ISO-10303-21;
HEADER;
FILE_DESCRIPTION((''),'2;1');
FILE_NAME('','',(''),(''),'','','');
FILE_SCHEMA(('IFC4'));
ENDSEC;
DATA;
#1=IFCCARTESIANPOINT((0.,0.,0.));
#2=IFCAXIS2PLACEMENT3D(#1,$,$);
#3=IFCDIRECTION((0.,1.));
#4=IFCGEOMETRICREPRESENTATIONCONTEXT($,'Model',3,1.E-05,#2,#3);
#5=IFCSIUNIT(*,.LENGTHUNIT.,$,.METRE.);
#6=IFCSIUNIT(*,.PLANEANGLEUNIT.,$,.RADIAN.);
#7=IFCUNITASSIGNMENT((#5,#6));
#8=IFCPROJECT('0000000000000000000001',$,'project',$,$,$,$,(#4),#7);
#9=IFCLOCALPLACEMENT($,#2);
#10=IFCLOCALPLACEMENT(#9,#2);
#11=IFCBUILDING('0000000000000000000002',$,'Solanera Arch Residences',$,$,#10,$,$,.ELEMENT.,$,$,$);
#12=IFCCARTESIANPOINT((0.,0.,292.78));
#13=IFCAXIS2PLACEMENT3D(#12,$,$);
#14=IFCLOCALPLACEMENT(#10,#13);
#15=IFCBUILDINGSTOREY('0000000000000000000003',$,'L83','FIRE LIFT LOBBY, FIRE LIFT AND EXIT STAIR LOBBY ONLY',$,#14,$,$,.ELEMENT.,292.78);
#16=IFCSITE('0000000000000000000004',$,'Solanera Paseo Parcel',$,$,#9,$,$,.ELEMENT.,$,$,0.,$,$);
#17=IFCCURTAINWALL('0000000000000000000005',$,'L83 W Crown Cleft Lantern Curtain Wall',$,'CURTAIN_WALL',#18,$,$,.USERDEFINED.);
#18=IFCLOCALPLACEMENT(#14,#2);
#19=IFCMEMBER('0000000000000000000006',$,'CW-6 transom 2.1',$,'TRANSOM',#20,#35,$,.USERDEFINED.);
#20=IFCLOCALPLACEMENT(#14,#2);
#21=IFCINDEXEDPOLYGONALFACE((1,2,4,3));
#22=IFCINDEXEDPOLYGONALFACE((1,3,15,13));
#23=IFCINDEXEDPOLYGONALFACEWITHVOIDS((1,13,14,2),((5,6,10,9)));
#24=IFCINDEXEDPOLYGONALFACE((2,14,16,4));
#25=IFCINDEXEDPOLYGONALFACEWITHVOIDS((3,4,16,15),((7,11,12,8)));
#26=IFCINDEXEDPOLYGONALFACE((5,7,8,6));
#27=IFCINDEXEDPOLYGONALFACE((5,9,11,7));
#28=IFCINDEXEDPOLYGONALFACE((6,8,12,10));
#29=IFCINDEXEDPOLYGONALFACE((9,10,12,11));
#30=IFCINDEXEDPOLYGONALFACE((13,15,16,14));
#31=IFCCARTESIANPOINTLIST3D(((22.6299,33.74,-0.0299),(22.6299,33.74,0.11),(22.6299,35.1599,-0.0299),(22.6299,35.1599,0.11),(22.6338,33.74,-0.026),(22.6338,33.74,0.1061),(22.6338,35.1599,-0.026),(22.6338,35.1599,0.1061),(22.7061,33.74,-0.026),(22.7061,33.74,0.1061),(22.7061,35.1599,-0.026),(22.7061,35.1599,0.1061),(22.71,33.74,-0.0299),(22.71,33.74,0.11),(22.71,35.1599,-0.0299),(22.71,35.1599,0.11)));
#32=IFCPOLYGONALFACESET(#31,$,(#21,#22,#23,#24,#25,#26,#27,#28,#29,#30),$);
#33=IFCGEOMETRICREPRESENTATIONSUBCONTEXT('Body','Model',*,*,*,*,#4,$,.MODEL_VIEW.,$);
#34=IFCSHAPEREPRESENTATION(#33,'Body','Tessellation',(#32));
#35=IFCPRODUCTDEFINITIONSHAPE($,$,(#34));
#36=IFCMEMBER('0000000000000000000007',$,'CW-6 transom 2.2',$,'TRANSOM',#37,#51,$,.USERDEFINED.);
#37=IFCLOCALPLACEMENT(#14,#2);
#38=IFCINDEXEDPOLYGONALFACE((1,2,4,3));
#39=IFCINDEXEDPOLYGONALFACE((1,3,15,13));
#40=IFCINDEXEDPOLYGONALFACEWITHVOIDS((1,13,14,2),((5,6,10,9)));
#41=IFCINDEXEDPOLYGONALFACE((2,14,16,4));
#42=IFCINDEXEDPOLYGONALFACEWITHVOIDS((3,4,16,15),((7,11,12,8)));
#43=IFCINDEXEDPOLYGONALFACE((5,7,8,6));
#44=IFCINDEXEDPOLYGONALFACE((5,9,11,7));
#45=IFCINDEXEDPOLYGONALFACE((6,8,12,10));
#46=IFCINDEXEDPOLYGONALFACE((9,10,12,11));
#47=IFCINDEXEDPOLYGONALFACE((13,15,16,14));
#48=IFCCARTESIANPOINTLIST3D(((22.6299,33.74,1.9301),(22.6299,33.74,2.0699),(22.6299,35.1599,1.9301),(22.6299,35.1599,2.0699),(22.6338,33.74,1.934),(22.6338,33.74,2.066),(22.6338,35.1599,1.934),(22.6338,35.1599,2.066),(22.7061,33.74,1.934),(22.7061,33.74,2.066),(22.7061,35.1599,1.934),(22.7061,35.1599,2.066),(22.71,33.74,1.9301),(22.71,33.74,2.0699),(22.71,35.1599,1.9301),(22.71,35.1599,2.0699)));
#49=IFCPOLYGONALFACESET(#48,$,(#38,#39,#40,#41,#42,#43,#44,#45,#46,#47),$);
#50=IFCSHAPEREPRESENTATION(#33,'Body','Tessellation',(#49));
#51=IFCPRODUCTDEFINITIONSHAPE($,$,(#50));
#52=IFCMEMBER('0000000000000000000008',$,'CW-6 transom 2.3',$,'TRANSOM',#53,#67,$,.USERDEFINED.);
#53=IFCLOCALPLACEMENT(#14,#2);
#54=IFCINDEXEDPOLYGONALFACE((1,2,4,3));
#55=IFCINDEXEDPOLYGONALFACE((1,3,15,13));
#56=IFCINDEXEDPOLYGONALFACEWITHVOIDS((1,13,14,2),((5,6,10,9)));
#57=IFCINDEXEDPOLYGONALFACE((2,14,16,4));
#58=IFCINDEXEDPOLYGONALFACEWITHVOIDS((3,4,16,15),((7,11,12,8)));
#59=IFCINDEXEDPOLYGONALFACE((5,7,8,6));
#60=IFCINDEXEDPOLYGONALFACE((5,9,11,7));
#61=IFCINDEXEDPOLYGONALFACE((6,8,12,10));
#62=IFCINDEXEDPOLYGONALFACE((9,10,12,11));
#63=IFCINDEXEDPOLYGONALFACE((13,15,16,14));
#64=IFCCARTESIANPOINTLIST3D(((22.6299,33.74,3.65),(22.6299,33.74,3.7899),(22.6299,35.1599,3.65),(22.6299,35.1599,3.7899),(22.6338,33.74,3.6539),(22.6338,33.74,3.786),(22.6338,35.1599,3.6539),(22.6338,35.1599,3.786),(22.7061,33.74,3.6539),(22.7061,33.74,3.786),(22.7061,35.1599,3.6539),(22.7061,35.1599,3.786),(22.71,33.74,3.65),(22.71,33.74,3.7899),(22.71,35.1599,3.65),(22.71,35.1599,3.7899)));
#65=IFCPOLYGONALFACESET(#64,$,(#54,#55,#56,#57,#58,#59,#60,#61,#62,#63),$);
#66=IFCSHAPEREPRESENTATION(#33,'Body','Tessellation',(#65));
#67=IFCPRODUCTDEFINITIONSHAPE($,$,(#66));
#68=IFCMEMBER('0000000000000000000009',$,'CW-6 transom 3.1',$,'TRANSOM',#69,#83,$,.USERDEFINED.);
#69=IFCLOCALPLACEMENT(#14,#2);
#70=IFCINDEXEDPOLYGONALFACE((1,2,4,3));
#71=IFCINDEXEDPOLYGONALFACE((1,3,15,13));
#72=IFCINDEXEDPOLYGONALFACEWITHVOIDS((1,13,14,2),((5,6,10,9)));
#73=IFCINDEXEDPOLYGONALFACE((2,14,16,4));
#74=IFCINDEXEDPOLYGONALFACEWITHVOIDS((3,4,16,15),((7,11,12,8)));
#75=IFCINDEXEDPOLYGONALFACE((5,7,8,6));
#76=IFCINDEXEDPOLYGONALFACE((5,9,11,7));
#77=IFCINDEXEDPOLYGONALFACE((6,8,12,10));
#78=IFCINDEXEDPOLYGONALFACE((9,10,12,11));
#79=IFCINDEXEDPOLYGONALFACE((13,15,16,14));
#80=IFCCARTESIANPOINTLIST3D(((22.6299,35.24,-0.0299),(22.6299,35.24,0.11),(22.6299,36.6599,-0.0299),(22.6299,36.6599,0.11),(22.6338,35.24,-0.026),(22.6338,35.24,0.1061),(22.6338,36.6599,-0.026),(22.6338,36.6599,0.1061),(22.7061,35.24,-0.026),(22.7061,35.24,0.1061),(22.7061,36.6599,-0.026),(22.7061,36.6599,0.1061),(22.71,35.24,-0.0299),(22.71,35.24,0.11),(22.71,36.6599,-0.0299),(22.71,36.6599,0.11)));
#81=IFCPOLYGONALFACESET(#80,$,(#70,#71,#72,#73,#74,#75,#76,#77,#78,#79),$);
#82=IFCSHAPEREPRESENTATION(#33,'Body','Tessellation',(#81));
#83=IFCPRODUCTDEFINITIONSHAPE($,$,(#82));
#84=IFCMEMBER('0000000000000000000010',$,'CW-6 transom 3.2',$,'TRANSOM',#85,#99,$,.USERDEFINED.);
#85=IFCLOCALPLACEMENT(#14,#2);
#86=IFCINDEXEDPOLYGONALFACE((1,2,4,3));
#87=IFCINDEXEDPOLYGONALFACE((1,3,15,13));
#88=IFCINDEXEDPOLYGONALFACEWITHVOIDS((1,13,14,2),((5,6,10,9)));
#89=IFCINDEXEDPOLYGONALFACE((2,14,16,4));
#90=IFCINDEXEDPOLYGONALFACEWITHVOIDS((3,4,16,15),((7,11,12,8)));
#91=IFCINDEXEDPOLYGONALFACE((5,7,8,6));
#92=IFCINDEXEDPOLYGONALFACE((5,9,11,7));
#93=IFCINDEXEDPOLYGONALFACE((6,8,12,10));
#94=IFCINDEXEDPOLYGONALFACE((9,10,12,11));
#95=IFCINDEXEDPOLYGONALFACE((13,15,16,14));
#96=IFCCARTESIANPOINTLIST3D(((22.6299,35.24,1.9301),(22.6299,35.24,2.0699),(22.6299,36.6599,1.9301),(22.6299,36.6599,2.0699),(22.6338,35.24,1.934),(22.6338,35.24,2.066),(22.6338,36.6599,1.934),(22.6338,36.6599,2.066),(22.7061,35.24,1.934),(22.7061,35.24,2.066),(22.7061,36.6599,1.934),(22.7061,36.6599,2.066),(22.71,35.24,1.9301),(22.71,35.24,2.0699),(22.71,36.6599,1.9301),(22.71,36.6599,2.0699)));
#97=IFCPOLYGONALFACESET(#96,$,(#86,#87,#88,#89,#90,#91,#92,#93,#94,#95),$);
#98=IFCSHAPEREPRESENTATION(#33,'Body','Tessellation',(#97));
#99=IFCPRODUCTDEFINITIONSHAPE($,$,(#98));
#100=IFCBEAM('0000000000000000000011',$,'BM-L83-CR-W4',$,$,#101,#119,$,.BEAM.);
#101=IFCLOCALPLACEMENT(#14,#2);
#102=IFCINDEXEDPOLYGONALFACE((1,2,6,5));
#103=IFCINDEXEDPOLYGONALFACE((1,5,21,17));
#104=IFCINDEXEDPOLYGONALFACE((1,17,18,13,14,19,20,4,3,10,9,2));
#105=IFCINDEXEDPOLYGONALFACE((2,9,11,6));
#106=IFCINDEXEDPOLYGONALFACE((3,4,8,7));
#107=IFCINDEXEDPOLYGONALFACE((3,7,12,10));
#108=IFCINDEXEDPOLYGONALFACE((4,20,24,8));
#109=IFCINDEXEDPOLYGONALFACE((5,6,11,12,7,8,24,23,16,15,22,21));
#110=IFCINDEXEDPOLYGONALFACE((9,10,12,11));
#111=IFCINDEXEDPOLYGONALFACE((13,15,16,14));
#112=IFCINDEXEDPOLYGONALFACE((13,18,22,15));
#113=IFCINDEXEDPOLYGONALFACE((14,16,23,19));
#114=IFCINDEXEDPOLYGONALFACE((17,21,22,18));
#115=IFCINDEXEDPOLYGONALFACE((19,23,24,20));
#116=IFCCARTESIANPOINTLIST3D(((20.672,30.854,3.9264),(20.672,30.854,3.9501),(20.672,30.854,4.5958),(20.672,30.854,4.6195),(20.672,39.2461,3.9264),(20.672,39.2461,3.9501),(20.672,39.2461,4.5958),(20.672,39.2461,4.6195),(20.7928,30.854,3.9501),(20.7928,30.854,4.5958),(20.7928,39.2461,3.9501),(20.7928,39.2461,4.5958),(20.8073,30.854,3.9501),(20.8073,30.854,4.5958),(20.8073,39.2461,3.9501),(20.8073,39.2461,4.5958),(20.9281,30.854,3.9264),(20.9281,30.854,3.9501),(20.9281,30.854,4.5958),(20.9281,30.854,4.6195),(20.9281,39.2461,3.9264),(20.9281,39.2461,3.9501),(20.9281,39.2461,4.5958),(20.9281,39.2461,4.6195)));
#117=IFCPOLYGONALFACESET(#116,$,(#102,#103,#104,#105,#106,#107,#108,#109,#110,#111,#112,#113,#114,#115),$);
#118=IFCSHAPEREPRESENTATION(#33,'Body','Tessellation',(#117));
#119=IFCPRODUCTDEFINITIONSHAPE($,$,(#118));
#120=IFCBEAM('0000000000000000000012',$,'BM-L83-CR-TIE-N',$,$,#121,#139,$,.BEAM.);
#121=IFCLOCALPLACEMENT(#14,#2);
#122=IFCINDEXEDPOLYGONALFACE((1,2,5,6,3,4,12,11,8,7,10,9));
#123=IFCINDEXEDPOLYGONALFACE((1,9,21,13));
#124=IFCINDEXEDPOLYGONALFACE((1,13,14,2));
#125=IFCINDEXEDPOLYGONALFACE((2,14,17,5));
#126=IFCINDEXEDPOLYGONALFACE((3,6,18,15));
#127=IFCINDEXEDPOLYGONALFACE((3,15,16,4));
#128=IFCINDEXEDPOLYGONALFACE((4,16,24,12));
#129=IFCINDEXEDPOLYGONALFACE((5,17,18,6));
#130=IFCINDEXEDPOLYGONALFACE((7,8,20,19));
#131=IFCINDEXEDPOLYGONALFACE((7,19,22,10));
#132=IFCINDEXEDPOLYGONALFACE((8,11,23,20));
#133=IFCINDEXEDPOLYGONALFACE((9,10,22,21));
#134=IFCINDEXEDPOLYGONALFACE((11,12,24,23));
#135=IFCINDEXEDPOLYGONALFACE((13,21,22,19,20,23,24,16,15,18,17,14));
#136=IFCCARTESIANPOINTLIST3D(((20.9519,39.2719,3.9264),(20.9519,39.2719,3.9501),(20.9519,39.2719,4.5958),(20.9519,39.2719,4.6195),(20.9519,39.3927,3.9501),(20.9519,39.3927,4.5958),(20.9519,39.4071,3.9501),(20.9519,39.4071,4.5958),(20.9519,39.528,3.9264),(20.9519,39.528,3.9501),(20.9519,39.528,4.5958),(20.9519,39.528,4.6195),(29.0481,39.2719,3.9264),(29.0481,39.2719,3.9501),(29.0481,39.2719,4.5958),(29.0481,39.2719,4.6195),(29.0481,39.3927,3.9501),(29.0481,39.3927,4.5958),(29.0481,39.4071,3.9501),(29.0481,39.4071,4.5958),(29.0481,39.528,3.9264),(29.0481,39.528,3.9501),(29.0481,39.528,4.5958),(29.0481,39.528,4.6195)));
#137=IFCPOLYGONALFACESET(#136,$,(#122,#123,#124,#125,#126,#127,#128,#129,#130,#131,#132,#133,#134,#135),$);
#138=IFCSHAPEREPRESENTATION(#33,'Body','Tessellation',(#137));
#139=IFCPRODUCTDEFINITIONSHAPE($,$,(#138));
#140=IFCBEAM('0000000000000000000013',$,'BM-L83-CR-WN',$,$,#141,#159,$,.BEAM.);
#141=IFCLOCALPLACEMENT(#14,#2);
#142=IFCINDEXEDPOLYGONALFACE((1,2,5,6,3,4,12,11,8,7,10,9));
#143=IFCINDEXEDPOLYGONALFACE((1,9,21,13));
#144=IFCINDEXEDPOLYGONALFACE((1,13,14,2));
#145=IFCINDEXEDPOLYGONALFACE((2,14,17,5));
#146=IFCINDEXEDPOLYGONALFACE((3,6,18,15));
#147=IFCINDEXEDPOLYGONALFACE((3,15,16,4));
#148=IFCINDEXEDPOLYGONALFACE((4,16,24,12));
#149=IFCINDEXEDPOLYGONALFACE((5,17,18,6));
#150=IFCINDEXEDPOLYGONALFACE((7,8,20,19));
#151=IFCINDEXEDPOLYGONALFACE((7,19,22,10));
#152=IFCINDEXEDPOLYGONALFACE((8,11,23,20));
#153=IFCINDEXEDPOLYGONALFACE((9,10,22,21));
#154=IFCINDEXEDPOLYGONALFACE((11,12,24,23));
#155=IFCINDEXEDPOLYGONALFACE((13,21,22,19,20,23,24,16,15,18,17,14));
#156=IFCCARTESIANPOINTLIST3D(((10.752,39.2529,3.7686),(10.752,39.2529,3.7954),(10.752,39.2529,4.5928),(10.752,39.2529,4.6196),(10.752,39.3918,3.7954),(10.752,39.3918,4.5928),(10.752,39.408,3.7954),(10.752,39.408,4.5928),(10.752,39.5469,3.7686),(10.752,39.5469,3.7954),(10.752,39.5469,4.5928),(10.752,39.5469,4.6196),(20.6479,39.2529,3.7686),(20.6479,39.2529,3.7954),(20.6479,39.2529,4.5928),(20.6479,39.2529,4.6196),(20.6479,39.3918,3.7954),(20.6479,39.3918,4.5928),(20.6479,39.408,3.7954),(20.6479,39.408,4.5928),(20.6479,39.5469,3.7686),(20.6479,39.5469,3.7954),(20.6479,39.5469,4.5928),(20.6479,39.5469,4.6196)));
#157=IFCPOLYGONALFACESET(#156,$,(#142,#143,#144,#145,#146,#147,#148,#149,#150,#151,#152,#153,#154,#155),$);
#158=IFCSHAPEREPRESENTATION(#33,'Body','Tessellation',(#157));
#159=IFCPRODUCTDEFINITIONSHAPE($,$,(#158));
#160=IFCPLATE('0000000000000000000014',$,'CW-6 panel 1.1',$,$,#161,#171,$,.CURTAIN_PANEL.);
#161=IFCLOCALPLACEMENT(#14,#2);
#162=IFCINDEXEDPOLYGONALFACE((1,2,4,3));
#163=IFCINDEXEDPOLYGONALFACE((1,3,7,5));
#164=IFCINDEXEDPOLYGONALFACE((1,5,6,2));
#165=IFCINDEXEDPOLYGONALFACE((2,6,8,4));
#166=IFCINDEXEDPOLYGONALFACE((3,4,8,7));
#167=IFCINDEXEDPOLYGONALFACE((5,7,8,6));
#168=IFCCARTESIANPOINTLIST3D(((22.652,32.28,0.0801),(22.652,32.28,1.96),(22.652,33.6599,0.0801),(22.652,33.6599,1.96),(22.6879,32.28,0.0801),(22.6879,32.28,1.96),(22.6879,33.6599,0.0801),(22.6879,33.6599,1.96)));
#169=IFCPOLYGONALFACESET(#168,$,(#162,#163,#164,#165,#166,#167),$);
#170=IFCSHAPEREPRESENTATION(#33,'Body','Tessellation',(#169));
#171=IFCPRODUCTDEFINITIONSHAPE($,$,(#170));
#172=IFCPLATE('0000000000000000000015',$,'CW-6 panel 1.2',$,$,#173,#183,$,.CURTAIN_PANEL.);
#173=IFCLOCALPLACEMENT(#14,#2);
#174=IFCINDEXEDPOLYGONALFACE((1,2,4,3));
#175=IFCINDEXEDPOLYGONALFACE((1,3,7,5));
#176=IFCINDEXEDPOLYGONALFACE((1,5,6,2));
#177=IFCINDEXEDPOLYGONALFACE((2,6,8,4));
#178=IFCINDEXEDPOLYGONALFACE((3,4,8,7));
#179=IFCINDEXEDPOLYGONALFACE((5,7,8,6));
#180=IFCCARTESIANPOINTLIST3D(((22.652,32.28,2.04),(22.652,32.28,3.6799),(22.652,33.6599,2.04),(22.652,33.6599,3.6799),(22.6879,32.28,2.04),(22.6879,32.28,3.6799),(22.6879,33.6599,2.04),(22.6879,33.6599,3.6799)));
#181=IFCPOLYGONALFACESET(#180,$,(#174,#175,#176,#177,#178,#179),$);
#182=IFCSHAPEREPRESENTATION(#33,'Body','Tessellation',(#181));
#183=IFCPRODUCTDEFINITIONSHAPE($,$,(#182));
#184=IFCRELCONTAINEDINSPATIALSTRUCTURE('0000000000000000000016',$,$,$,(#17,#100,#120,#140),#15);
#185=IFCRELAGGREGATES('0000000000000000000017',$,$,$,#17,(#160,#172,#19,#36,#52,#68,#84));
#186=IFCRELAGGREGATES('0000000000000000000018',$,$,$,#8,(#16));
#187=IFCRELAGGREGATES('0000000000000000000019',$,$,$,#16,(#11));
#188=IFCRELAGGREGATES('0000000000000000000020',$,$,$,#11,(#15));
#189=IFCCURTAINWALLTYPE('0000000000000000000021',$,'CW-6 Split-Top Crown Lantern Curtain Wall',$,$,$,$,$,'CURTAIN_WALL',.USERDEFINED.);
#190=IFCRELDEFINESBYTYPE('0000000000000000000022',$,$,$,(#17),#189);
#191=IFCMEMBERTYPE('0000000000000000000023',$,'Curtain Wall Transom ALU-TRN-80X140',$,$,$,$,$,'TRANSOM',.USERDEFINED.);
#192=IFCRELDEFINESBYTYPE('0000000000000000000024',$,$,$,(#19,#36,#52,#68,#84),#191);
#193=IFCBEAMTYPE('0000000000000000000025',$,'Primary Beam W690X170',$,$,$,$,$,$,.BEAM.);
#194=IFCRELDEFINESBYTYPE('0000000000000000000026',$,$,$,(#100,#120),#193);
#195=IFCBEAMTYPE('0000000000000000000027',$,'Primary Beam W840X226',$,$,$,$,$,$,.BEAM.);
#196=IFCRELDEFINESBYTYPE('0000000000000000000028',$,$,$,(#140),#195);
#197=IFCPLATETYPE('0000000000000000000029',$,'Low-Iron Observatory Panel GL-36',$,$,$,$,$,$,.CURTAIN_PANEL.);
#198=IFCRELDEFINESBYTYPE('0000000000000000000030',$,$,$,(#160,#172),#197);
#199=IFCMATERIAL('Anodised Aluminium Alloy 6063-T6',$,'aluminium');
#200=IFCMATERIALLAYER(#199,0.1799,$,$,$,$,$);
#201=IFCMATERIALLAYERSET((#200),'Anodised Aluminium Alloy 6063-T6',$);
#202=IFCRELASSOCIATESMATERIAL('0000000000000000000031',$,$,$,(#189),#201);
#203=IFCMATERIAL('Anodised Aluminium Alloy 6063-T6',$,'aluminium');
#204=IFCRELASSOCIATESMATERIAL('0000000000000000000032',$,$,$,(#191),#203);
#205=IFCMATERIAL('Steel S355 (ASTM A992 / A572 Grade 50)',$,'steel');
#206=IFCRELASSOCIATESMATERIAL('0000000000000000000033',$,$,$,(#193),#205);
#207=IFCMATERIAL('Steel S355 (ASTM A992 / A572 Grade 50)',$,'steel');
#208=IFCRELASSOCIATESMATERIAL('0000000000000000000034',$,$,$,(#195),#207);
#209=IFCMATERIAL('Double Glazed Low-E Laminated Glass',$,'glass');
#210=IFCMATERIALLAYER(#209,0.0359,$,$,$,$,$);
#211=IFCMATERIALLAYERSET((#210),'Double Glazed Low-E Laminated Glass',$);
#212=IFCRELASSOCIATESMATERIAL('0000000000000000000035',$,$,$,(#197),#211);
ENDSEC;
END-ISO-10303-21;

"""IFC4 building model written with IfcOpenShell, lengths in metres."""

from ifc_helpers import new_model, si_unit, direction, frame, origin, origin_2d, place, context, subcontext, project, spatial, rectangle, hollow_rectangle, i_section, extrude, material, layer, layer_set, material_profile, profile_set, type_object, element, aggregate, save


model = new_model("IFC4")

# Units and contexts
model_context = context("Model", 3, precision=1e-05, world=origin(), true_north=direction((0.0, 1.0)))
body_context = subcontext(model_context, "Body", "Model", "MODEL_VIEW")
ifc_project = project(units=[si_unit("LENGTHUNIT", "METRE"), si_unit("PLANEANGLEUNIT", "RADIAN")], contexts=[model_context])

# Site, building, storey
site_placement = place(None, origin())
site = spatial("IfcSite", under=ifc_project, at=site_placement, Name="Solanera Paseo Parcel", CompositionType="ELEMENT", RefElevation=0.0)
building_placement = place(site_placement, origin())
building = spatial("IfcBuilding", under=site, at=building_placement, Name="Solanera Arch Residences", CompositionType="ELEMENT")
storey_placement = place(building_placement, frame((0.0, 0.0, 292.78)))
storey = spatial("IfcBuildingStorey", under=building, at=storey_placement, Name="L83", Description="FIRE LIFT LOBBY, FIRE LIFT AND EXIT STAIR LOBBY ONLY", CompositionType="ELEMENT", Elevation=292.78)

# Curtain wall, members
ifc_material_1 = material(Name="Anodised Aluminium Alloy 6063-T6", Category="aluminium")
ifc_layer_1 = layer(ifc_material_1, 0.1799)
ifc_layer_set_1 = layer_set([ifc_layer_1], Name="Anodised Aluminium Alloy 6063-T6")
curtain_wall_type = type_object("IfcCurtainWallType", Name="CW-6 Split-Top Crown Lantern Curtain Wall", ElementType="CURTAIN_WALL", PredefinedType="USERDEFINED", material=ifc_layer_set_1)
curtain_wall_placement = place(storey_placement, origin())
curtain_wall = element("IfcCurtainWall", 1, at=curtain_wall_placement, inside=storey, type_object=curtain_wall_type, Name="L83 W Crown Cleft Lantern Curtain Wall", ObjectType="CURTAIN_WALL", PredefinedType="USERDEFINED")
ifc_material_2 = material(Name="Anodised Aluminium Alloy 6063-T6", Category="aluminium")
ifc_material_profile_1 = material_profile(ifc_material_2, hollow_rectangle(XDim=0.0801, YDim=0.1399, WallThickness=0.0039, at=origin_2d()))
ifc_profile_set_1 = profile_set([ifc_material_profile_1], Name="Anodised Aluminium Alloy 6063-T6")
member_type_1 = type_object("IfcMemberType", Name="Curtain Wall Transom ALU-TRN-80X140", ElementType="TRANSOM", PredefinedType="USERDEFINED", material=ifc_profile_set_1)
member_1_placement = place(storey_placement, frame((22.6699, 33.74, 0.04), z_axis=(0.0, 1.0, 0.0), x_axis=(-1.0, 0.0, 0.0)))
member_1 = element("IfcMember", 2, at=member_1_placement, type_object=member_type_1, Name="CW-6 transom 2.1", ObjectType="TRANSOM", PredefinedType="USERDEFINED", context=body_context, shape_type="SweptSolid", body=[
    extrude(hollow_rectangle(XDim=0.0801, YDim=0.1399, WallThickness=0.0039, at=origin_2d()), origin(), (0.0, 0.0, 1.0), 1.4199),
])
member_2_placement = place(storey_placement, frame((22.6699, 33.74, 2.0), z_axis=(0.0, 1.0, 0.0), x_axis=(-1.0, 0.0, 0.0)))
member_2 = element("IfcMember", 3, at=member_2_placement, type_object=member_type_1, Name="CW-6 transom 2.2", ObjectType="TRANSOM", PredefinedType="USERDEFINED", context=body_context, shape_type="SweptSolid", body=[
    extrude(hollow_rectangle(XDim=0.0801, YDim=0.1399, WallThickness=0.0039, at=origin_2d()), origin(), (0.0, 0.0, 1.0), 1.4199),
])
member_3_placement = place(storey_placement, frame((22.6699, 33.74, 3.72), z_axis=(0.0, 1.0, 0.0), x_axis=(-1.0, 0.0, 0.0)))
member_3 = element("IfcMember", 4, at=member_3_placement, type_object=member_type_1, Name="CW-6 transom 2.3", ObjectType="TRANSOM", PredefinedType="USERDEFINED", context=body_context, shape_type="SweptSolid", body=[
    extrude(hollow_rectangle(XDim=0.0801, YDim=0.1399, WallThickness=0.0039, at=origin_2d()), origin(), (0.0, 0.0, 1.0), 1.4199),
])
member_4_placement = place(storey_placement, frame((22.6699, 35.24, 0.04), z_axis=(0.0, 1.0, 0.0), x_axis=(-1.0, 0.0, 0.0)))
member_4 = element("IfcMember", 5, at=member_4_placement, type_object=member_type_1, Name="CW-6 transom 3.1", ObjectType="TRANSOM", PredefinedType="USERDEFINED", context=body_context, shape_type="SweptSolid", body=[
    extrude(hollow_rectangle(XDim=0.0801, YDim=0.1399, WallThickness=0.0039, at=origin_2d()), origin(), (0.0, 0.0, 1.0), 1.4199),
])
member_5_placement = place(storey_placement, frame((22.6699, 35.24, 2.0), z_axis=(0.0, 1.0, 0.0), x_axis=(-1.0, 0.0, 0.0)))
member_5 = element("IfcMember", 6, at=member_5_placement, type_object=member_type_1, Name="CW-6 transom 3.2", ObjectType="TRANSOM", PredefinedType="USERDEFINED", context=body_context, shape_type="SweptSolid", body=[
    extrude(hollow_rectangle(XDim=0.0801, YDim=0.1399, WallThickness=0.0039, at=origin_2d()), origin(), (0.0, 0.0, 1.0), 1.4199),
])

# Beams
ifc_material_3 = material(Name="Steel S355 (ASTM A992 / A572 Grade 50)", Category="steel")
ifc_material_profile_2 = material_profile(ifc_material_3, i_section(OverallWidth=0.2561, OverallDepth=0.6931, WebThickness=0.0144, FlangeThickness=0.0237, at=origin_2d()))
ifc_profile_set_2 = profile_set([ifc_material_profile_2], Name="Steel S355 (ASTM A992 / A572 Grade 50)")
beam_type_1 = type_object("IfcBeamType", Name="Primary Beam W690X170", PredefinedType="BEAM", material=ifc_profile_set_2)
beam_1_placement = place(storey_placement, frame((20.8, 30.854, 4.2729), z_axis=(0.0, 1.0, 0.0), x_axis=(-1.0, 0.0, 0.0)))
element("IfcBeam", 7, at=beam_1_placement, inside=storey, type_object=beam_type_1, Name="BM-L83-CR-W4", PredefinedType="BEAM", context=body_context, shape_type="SweptSolid", body=[
    extrude(i_section(OverallWidth=0.2561, OverallDepth=0.6931, WebThickness=0.0144, FlangeThickness=0.0237, at=origin_2d()), origin(), (0.0, 0.0, 1.0), 8.3921),
])
beam_2_placement = place(storey_placement, frame((20.9519, 39.3999, 4.2729), z_axis=(1.0, 0.0, 0.0), x_axis=(0.0, 1.0, 0.0)))
element("IfcBeam", 8, at=beam_2_placement, inside=storey, type_object=beam_type_1, Name="BM-L83-CR-TIE-N", PredefinedType="BEAM", context=body_context, shape_type="SweptSolid", body=[
    extrude(i_section(OverallWidth=0.2561, OverallDepth=0.6931, WebThickness=0.0144, FlangeThickness=0.0237, at=origin_2d()), origin(), (0.0, 0.0, 1.0), 8.0962),
])
ifc_material_4 = material(Name="Steel S355 (ASTM A992 / A572 Grade 50)", Category="steel")
ifc_material_profile_3 = material_profile(ifc_material_4, i_section(OverallWidth=0.2939, OverallDepth=0.8511, WebThickness=0.0161, FlangeThickness=0.0269, at=origin_2d()))
ifc_profile_set_3 = profile_set([ifc_material_profile_3], Name="Steel S355 (ASTM A992 / A572 Grade 50)")
beam_type_2 = type_object("IfcBeamType", Name="Primary Beam W840X226", PredefinedType="BEAM", material=ifc_profile_set_3)
beam_3_placement = place(storey_placement, frame((10.752, 39.3999, 4.1941), z_axis=(1.0, 0.0, 0.0), x_axis=(0.0, 1.0, 0.0)))
element("IfcBeam", 9, at=beam_3_placement, inside=storey, type_object=beam_type_2, Name="BM-L83-CR-WN", PredefinedType="BEAM", context=body_context, shape_type="SweptSolid", body=[
    extrude(i_section(OverallWidth=0.2939, OverallDepth=0.8511, WebThickness=0.0161, FlangeThickness=0.0269, at=origin_2d()), origin(), (0.0, 0.0, 1.0), 9.896),
])

# Plates
ifc_material_5 = material(Name="Double Glazed Low-E Laminated Glass", Category="glass")
ifc_layer_2 = layer(ifc_material_5, 0.0359)
ifc_layer_set_2 = layer_set([ifc_layer_2], Name="Double Glazed Low-E Laminated Glass")
plate_type = type_object("IfcPlateType", Name="Low-Iron Observatory Panel GL-36", PredefinedType="CURTAIN_PANEL", material=ifc_layer_set_2)
plate_1_placement = place(storey_placement, frame((22.6699, 32.97, 0.0801), z_axis=(0.0, 0.0, 1.0), x_axis=(0.0, 1.0, 0.0)))
plate_1 = element("IfcPlate", 10, at=plate_1_placement, type_object=plate_type, Name="CW-6 panel 1.1", PredefinedType="CURTAIN_PANEL", context=body_context, shape_type="SweptSolid", body=[
    extrude(rectangle(XDim=1.3799, YDim=0.0359, at=origin_2d()), origin(), (0.0, 0.0, 1.0), 1.8799),
])
plate_2_placement = place(storey_placement, frame((22.6699, 32.97, 2.04), z_axis=(0.0, 0.0, 1.0), x_axis=(0.0, 1.0, 0.0)))
plate_2 = element("IfcPlate", 11, at=plate_2_placement, type_object=plate_type, Name="CW-6 panel 1.2", PredefinedType="CURTAIN_PANEL", context=body_context, shape_type="SweptSolid", body=[
    extrude(rectangle(XDim=1.3799, YDim=0.0359, at=origin_2d()), origin(), (0.0, 0.0, 1.0), 1.6399),
])
aggregate(curtain_wall, [plate_1, plate_2, member_1, member_2, member_3, member_4, member_5])

save(model, "model.ifc")
